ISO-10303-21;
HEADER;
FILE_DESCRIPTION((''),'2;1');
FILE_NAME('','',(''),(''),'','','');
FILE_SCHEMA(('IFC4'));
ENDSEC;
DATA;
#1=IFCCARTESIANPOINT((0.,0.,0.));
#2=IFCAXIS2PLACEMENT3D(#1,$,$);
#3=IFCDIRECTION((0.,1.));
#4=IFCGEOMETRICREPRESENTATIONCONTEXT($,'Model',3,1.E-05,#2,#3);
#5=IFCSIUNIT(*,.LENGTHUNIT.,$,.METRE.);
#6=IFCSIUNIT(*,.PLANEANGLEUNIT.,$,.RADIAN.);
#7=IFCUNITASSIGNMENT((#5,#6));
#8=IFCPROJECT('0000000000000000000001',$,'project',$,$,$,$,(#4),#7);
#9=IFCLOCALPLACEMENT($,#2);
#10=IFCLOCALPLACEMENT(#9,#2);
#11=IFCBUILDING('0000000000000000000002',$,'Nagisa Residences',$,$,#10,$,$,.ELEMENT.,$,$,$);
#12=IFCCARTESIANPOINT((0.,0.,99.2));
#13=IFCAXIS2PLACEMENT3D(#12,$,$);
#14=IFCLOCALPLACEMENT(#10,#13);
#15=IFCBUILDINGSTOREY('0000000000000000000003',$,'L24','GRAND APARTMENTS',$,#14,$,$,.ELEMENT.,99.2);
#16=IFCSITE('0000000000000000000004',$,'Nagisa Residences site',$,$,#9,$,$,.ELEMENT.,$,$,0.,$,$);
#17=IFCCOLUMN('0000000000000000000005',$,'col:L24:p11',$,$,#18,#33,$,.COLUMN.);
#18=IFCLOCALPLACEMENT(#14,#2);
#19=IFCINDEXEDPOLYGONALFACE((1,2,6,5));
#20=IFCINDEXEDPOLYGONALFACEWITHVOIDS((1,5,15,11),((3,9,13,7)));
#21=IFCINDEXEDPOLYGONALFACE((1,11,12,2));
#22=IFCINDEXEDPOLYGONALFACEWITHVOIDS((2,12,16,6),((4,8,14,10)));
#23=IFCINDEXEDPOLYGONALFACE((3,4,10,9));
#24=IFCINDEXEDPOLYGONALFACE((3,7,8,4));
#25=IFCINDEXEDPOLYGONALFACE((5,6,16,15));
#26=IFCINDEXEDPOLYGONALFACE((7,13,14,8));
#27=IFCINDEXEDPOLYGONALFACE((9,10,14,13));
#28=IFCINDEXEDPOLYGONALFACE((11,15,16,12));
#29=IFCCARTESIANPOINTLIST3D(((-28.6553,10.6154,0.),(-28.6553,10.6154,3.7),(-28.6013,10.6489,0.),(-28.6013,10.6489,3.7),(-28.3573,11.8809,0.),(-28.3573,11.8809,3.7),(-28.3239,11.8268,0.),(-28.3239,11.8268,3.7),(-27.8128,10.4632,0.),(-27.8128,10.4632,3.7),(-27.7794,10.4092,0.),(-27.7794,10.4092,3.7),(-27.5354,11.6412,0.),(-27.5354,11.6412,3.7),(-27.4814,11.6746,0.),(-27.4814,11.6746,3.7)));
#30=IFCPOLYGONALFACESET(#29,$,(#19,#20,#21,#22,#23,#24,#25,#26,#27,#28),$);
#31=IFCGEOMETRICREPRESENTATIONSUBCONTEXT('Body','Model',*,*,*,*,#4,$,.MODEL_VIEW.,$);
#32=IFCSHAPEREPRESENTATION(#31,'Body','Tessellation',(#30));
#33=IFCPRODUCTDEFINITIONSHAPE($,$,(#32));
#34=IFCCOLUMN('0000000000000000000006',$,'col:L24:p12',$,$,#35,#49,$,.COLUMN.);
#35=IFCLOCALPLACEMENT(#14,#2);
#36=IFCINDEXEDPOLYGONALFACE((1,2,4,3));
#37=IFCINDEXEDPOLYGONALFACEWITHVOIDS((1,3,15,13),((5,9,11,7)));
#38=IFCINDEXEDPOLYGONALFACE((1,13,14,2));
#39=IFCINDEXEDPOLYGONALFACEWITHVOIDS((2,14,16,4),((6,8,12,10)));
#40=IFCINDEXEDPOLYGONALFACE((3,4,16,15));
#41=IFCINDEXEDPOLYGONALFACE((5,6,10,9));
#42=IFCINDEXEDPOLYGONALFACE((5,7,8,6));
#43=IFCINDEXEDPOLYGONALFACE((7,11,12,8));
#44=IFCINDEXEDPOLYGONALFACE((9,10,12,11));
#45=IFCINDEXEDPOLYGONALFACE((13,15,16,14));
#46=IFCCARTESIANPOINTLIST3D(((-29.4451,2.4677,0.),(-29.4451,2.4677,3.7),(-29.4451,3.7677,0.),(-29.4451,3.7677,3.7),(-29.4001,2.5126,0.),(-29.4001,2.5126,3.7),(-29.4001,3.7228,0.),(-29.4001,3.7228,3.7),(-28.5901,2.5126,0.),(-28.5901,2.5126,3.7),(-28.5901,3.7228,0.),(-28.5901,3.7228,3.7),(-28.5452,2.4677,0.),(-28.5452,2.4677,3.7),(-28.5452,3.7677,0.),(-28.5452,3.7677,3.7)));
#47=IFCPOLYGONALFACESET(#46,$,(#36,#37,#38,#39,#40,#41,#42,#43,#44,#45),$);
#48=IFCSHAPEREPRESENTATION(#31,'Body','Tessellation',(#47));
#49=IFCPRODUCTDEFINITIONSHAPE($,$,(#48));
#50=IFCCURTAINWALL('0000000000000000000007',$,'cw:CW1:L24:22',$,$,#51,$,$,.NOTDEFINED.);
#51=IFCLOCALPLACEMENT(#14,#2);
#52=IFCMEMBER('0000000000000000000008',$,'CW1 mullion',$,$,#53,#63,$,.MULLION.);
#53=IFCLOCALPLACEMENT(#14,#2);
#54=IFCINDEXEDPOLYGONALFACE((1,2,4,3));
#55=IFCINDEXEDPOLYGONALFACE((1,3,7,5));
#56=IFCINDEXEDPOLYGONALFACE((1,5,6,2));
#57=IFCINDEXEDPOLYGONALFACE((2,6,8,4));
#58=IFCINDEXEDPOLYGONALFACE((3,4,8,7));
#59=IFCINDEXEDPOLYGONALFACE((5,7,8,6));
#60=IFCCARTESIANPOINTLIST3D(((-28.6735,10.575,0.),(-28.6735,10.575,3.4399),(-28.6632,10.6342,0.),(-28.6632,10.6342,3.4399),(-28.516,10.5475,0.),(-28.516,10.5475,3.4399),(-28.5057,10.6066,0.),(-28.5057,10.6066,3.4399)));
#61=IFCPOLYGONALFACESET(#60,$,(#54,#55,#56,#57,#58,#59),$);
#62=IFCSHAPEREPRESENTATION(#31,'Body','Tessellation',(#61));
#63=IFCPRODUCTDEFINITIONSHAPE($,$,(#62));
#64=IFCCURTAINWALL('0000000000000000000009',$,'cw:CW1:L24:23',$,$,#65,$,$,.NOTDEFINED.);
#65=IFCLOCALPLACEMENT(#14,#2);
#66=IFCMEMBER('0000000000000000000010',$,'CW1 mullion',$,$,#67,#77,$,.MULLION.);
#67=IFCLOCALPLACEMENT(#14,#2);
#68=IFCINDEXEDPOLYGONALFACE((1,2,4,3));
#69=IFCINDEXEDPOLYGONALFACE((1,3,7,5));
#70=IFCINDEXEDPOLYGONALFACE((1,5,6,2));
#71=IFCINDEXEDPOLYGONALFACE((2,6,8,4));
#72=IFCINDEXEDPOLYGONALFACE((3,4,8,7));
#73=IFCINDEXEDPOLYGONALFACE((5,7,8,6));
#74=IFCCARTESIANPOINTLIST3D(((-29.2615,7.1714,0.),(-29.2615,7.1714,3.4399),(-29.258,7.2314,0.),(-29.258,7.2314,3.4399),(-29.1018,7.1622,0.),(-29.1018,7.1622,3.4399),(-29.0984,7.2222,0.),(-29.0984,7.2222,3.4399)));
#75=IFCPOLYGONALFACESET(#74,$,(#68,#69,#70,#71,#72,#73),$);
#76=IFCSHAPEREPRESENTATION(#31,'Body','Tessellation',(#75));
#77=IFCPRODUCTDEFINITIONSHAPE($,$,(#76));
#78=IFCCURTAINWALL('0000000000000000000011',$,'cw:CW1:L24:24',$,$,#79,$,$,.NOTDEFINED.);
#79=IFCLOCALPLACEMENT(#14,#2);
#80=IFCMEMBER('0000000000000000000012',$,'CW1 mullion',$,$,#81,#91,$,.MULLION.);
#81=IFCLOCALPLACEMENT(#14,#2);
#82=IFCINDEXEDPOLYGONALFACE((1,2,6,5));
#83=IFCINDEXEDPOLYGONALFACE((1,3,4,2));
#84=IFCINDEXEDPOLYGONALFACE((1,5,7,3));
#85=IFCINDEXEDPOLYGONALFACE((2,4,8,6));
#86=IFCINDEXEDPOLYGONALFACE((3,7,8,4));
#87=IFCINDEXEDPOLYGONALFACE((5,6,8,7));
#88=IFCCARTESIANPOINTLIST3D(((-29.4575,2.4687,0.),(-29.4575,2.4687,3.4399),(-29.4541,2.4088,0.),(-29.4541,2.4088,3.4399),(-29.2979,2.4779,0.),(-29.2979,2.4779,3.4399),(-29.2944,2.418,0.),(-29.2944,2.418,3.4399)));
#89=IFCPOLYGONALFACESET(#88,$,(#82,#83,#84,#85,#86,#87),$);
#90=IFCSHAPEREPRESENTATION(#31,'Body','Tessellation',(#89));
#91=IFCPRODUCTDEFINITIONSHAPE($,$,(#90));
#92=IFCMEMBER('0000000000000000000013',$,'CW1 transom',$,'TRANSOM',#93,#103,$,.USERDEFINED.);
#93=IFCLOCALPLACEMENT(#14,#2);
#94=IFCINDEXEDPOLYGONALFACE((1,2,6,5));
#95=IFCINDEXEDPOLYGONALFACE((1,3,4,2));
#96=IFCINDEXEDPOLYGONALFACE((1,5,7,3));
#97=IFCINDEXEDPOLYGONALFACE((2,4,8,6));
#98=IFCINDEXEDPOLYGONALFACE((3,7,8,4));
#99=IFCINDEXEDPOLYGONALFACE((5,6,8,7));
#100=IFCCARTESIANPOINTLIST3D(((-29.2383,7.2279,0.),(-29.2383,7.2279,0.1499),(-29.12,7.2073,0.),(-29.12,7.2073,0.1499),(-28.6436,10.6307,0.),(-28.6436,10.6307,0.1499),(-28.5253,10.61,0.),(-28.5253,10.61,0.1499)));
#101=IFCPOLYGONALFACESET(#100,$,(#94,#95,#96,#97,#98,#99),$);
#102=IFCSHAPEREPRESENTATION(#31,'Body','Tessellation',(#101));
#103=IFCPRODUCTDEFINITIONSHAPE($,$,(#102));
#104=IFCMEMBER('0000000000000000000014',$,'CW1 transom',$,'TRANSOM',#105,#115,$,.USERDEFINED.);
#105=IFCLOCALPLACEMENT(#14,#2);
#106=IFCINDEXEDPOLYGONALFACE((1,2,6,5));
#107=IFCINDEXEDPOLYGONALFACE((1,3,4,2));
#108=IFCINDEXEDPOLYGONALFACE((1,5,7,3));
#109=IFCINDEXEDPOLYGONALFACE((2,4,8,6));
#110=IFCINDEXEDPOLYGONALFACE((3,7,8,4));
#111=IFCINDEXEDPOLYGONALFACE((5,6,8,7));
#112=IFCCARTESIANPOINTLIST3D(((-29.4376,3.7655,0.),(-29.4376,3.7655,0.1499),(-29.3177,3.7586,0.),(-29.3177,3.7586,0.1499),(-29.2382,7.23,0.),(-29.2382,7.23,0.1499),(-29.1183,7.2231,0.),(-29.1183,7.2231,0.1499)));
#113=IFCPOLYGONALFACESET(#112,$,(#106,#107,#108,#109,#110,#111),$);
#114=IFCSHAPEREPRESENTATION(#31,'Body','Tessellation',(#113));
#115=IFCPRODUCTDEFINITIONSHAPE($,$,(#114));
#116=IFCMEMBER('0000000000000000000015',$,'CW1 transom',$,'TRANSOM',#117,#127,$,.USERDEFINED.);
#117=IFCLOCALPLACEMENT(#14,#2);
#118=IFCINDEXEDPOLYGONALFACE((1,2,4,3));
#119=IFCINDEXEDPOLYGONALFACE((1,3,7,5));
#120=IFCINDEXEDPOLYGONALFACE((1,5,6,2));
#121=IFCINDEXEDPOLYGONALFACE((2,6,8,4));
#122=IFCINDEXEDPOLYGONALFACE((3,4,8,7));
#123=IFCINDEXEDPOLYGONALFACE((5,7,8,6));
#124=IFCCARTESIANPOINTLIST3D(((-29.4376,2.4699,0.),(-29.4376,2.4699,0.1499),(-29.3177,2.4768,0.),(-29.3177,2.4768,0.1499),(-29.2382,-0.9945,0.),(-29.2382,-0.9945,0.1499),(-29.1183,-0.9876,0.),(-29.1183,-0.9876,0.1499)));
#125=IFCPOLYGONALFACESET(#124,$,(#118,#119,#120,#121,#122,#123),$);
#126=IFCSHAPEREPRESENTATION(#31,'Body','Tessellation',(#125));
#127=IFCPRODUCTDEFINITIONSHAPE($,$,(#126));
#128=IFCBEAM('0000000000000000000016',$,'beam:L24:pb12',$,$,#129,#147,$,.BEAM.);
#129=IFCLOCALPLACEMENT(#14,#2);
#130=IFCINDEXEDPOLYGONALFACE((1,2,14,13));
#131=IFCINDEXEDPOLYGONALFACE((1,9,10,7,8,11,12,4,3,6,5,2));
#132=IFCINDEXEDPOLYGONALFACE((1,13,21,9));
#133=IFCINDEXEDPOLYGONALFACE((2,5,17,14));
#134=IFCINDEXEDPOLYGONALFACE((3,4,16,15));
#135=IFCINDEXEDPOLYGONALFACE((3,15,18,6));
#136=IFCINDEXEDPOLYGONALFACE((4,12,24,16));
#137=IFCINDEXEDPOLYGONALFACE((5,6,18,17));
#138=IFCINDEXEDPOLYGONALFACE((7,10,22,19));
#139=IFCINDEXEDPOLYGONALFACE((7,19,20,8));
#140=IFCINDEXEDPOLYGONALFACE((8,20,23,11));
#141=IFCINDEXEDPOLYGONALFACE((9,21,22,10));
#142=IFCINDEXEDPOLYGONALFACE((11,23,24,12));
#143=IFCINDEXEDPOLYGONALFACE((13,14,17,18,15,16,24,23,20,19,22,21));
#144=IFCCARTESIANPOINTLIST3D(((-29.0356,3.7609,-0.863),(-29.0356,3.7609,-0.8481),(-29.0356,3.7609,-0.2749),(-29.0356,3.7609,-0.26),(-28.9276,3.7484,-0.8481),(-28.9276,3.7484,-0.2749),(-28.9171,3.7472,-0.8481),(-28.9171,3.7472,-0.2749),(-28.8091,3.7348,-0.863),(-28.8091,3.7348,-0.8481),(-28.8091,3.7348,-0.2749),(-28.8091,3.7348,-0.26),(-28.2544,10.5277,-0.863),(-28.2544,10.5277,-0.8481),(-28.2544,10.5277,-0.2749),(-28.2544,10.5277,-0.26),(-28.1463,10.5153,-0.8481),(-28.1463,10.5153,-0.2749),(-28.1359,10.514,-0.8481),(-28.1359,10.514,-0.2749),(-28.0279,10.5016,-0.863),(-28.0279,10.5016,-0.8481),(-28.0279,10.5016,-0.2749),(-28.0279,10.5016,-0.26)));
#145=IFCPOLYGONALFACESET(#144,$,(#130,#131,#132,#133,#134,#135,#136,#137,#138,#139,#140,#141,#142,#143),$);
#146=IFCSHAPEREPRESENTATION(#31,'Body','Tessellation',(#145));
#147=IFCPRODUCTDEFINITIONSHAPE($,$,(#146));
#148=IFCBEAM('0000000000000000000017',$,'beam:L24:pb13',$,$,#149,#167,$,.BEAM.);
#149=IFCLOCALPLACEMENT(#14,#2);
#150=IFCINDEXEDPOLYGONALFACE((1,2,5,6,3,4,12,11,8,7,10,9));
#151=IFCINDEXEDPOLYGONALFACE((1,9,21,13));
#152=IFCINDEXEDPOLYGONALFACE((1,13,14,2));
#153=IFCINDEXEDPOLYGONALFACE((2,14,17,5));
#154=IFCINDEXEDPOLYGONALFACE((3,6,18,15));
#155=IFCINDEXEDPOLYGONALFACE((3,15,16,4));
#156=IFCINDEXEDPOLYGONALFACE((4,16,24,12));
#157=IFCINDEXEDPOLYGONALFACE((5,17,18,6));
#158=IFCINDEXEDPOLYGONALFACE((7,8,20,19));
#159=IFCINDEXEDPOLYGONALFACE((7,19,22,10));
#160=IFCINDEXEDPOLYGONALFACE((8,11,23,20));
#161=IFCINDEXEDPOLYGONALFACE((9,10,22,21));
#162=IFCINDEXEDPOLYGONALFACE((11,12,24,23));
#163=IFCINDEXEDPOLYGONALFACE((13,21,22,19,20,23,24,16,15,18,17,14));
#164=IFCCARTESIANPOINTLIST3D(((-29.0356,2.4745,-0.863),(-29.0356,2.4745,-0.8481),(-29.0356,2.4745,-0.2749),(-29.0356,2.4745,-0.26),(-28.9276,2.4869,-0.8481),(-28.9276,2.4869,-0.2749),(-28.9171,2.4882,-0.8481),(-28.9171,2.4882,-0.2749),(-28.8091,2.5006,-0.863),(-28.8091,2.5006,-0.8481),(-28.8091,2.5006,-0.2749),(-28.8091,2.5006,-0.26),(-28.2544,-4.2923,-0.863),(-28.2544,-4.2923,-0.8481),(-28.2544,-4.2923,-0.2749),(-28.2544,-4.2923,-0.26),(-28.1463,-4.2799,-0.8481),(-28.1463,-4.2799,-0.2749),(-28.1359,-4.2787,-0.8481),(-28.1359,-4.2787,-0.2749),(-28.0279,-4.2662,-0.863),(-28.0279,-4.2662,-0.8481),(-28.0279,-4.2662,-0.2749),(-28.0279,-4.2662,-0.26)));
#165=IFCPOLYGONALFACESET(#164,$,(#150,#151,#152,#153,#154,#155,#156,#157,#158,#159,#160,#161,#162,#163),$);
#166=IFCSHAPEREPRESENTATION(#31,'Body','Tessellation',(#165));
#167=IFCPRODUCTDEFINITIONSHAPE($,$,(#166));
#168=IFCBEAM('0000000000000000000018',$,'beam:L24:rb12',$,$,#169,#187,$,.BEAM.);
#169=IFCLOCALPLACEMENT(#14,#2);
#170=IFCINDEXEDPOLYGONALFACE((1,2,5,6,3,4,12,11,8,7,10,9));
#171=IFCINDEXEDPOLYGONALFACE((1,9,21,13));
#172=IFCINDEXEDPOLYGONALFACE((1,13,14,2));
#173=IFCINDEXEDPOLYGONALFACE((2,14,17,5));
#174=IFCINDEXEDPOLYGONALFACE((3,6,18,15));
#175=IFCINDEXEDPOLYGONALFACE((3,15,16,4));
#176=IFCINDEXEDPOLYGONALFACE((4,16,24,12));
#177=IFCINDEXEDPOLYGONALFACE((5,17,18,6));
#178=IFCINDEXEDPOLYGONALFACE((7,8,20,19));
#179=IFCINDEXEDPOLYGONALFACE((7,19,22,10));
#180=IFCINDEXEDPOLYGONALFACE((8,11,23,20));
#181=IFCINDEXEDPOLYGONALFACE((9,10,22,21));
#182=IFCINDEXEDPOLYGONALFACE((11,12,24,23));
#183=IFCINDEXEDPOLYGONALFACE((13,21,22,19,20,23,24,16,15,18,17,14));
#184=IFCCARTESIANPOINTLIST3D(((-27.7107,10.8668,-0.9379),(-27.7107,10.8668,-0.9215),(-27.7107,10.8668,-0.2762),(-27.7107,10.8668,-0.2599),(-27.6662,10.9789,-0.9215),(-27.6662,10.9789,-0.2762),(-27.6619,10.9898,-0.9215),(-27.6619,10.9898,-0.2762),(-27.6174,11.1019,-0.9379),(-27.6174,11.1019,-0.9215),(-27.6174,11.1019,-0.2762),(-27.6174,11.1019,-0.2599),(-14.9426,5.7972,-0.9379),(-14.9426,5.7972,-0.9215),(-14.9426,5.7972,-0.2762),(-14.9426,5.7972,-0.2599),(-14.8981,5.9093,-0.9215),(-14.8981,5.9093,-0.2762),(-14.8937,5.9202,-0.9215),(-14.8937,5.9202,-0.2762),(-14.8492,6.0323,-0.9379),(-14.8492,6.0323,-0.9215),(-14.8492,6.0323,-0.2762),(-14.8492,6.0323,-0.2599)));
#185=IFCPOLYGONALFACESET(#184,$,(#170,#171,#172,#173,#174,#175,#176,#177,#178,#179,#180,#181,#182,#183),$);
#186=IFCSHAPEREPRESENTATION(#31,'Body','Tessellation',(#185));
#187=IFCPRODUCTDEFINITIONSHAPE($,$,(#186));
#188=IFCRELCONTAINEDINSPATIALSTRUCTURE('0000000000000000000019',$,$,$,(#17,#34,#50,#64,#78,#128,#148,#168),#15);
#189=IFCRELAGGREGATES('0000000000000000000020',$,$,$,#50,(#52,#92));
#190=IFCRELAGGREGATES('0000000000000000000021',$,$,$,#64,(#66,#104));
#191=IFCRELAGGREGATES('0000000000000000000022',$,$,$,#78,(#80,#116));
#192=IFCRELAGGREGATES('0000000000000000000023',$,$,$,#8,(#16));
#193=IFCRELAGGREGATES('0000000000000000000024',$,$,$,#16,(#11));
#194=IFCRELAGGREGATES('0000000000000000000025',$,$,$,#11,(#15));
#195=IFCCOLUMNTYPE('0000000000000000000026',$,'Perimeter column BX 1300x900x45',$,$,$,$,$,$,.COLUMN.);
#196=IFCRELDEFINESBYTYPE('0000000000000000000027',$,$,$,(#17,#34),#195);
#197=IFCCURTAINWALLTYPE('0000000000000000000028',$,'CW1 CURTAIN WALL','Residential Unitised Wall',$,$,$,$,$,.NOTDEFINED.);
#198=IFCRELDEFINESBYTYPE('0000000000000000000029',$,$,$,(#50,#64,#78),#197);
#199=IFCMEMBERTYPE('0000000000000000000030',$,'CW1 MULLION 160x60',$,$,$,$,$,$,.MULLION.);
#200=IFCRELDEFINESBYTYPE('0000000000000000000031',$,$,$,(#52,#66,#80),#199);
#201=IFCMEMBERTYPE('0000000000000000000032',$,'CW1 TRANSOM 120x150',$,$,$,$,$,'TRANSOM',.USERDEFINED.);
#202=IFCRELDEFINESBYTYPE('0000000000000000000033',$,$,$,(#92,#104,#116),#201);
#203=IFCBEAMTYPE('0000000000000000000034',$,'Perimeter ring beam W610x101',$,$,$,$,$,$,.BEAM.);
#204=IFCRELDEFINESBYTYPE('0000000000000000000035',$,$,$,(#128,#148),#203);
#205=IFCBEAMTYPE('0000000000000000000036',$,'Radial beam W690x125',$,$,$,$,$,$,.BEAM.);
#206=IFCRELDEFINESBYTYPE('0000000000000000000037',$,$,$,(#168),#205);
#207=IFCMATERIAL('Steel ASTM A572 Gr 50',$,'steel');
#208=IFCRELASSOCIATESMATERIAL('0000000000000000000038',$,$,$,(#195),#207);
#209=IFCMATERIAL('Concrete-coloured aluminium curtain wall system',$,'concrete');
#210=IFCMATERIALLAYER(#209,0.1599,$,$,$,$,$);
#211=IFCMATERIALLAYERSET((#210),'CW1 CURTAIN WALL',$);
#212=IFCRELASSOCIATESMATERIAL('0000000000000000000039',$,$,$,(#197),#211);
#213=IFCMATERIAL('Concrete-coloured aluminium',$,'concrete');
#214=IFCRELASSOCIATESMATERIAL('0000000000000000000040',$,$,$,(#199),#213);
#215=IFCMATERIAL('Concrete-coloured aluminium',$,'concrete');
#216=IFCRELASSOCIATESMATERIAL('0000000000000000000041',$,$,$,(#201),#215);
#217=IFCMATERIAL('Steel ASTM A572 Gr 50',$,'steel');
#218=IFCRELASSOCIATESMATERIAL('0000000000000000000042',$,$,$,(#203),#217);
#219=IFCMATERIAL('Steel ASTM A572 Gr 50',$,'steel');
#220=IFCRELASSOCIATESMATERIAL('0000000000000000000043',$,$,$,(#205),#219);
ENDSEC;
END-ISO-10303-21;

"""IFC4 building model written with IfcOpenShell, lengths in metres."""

from ifc_helpers import new_model, si_unit, direction, frame, origin, origin_2d, place, context, subcontext, project, spatial, rectangle, hollow_rectangle, i_section, extrude, material, layer, layer_set, material_profile, profile_set, type_object, element, aggregate, save


model = new_model("IFC4")

# Units and contexts
model_context = context("Model", 3, precision=1e-05, world=origin(), true_north=direction((0.0, 1.0)))
body_context = subcontext(model_context, "Body", "Model", "MODEL_VIEW")
ifc_project = project(units=[si_unit("LENGTHUNIT", "METRE"), si_unit("PLANEANGLEUNIT", "RADIAN")], contexts=[model_context])

# Site, building, storey
site_placement = place(None, origin())
site = spatial("IfcSite", under=ifc_project, at=site_placement, Name="Nagisa Residences site", CompositionType="ELEMENT", RefElevation=0.0)
building_placement = place(site_placement, origin())
building = spatial("IfcBuilding", under=site, at=building_placement, Name="Nagisa Residences", CompositionType="ELEMENT")
storey_placement = place(building_placement, frame((0.0, 0.0, 99.2)))
storey = spatial("IfcBuildingStorey", under=building, at=storey_placement, Name="L24", Description="GRAND APARTMENTS", CompositionType="ELEMENT", Elevation=99.2)

# Columns
ifc_material_1 = material(Name="Steel ASTM A572 Gr 50", Category="steel")
ifc_material_profile_1 = material_profile(ifc_material_1, hollow_rectangle(XDim=1.3, YDim=0.8999, WallThickness=0.0449, at=origin_2d()), Name="BX 1300x900x45")
ifc_profile_set_1 = profile_set([ifc_material_profile_1], Name="Steel ASTM A572 Gr 50")
column_type = type_object("IfcColumnType", Name="Perimeter column BX 1300x900x45", PredefinedType="COLUMN", material=ifc_profile_set_1)
for number, where, z_axis, x_axis, name in (
    (1, (-28.0684, 11.145, 0.0), (0.0, 0.0, 1.0), (-0.229202, -0.973379, 0.0), "col:L24:p11"),
    (2, (-28.9951, 3.1177, 0.0), (0.0, 0.0, 1.0), (0.0, -1.0, 0.0), "col:L24:p12"),
):
    element("IfcColumn", number, at=place(storey_placement, frame(where, z_axis=z_axis, x_axis=x_axis)), inside=storey, type_object=column_type, Name=name, PredefinedType="COLUMN", context=body_context, shape_type="SweptSolid", body=[
        extrude(hollow_rectangle(XDim=1.3, YDim=0.8999, WallThickness=0.0449, at=origin_2d()), origin(), (0.0, 0.0, 1.0), 3.7),
    ])

# Curtain walls, members
ifc_material_2 = material(Name="Concrete-coloured aluminium curtain wall system", Category="concrete")
ifc_layer_1 = layer(ifc_material_2, 0.1599)
ifc_layer_set_1 = layer_set([ifc_layer_1], Name="CW1 CURTAIN WALL")
curtain_wall_type = type_object("IfcCurtainWallType", Name="CW1 CURTAIN WALL", Description="Residential Unitised Wall", PredefinedType="NOTDEFINED", material=ifc_layer_set_1)
curtain_wall_1_placement = place(storey_placement, origin())
curtain_wall_1 = element("IfcCurtainWall", 3, at=curtain_wall_1_placement, inside=storey, type_object=curtain_wall_type, Name="cw:CW1:L24:22", PredefinedType="NOTDEFINED")
ifc_material_3 = material(Name="Concrete-coloured aluminium", Category="concrete")
ifc_material_profile_2 = material_profile(ifc_material_3, rectangle(XDim=0.1599, YDim=0.0601, at=origin_2d()), Name="CW1 MULLION 160x60")
ifc_profile_set_2 = profile_set([ifc_material_profile_2], Name="Concrete-coloured aluminium")
member_type_1 = type_object("IfcMemberType", Name="CW1 MULLION 160x60", PredefinedType="MULLION", material=ifc_profile_set_2)
member_1_placement = place(storey_placement, frame((-28.5896, 10.5908, 0.0), z_axis=(0.0, 0.0, 1.0), x_axis=(0.985064, -0.172191, 0.0)))
member_1 = element("IfcMember", 4, at=member_1_placement, type_object=member_type_1, Name="CW1 mullion", PredefinedType="MULLION", context=body_context, shape_type="SweptSolid", body=[
    extrude(rectangle(XDim=0.1599, YDim=0.0601, at=origin_2d()), origin(), (0.0, 0.0, 1.0), 3.4399),
])
curtain_wall_2_placement = place(storey_placement, origin())
curtain_wall_2 = element("IfcCurtainWall", 5, at=curtain_wall_2_placement, inside=storey, type_object=curtain_wall_type, Name="cw:CW1:L24:23", PredefinedType="NOTDEFINED")
member_2_placement = place(storey_placement, frame((-29.1799, 7.1968, 0.0), z_axis=(0.0, 0.0, 1.0), x_axis=(0.998345, -0.057503, 0.0)))
member_2 = element("IfcMember", 6, at=member_2_placement, type_object=member_type_1, Name="CW1 mullion", PredefinedType="MULLION", context=body_context, shape_type="SweptSolid", body=[
    extrude(rectangle(XDim=0.1599, YDim=0.0601, at=origin_2d()), origin(), (0.0, 0.0, 1.0), 3.4399),
])
curtain_wall_3_placement = place(storey_placement, origin())
curtain_wall_3 = element("IfcCurtainWall", 7, at=curtain_wall_3_placement, inside=storey, type_object=curtain_wall_type, Name="cw:CW1:L24:24", PredefinedType="NOTDEFINED")
member_3_placement = place(storey_placement, frame((-29.376, 2.4434, 0.0), z_axis=(0.0, 0.0, 1.0), x_axis=(0.998345, 0.057503, 0.0)))
member_3 = element("IfcMember", 8, at=member_3_placement, type_object=member_type_1, Name="CW1 mullion", PredefinedType="MULLION", context=body_context, shape_type="SweptSolid", body=[
    extrude(rectangle(XDim=0.1599, YDim=0.0601, at=origin_2d()), origin(), (0.0, 0.0, 1.0), 3.4399),
])

# Members
ifc_material_4 = material(Name="Concrete-coloured aluminium", Category="concrete")
ifc_material_profile_3 = material_profile(ifc_material_4, rectangle(XDim=0.1201, YDim=0.1499, at=origin_2d()), Name="CW1 TRANSOM 120x150")
ifc_profile_set_3 = profile_set([ifc_material_profile_3], Name="Concrete-coloured aluminium")
member_type_2 = type_object("IfcMemberType", Name="CW1 TRANSOM 120x150", ElementType="TRANSOM", PredefinedType="USERDEFINED", material=ifc_profile_set_3)
member_4_placement = place(storey_placement, frame((-28.5845, 10.6204, 0.075), z_axis=(-0.172164, -0.985068, 0.0), x_axis=(0.985068, -0.172164, 0.0)))
member_4 = element("IfcMember", 9, at=member_4_placement, type_object=member_type_2, Name="CW1 transom", ObjectType="TRANSOM", PredefinedType="USERDEFINED", context=body_context, shape_type="SweptSolid", body=[
    extrude(rectangle(XDim=0.1201, YDim=0.1499, at=origin_2d()), origin(), (0.0, 0.0, 1.0), 3.4543),
])
member_5_placement = place(storey_placement, frame((-29.1782, 7.2266, 0.075), z_axis=(-0.057477, -0.998347, 0.0), x_axis=(0.998347, -0.057477, 0.0)))
member_5 = element("IfcMember", 10, at=member_5_placement, type_object=member_type_2, Name="CW1 transom", ObjectType="TRANSOM", PredefinedType="USERDEFINED", context=body_context, shape_type="SweptSolid", body=[
    extrude(rectangle(XDim=0.1201, YDim=0.1499, at=origin_2d()), origin(), (0.0, 0.0, 1.0), 3.4702),
])
member_6_placement = place(storey_placement, frame((-29.3777, 2.4734, 0.075), z_axis=(0.057477, -0.998347, 0.0), x_axis=(0.998347, 0.057477, 0.0)))
member_6 = element("IfcMember", 11, at=member_6_placement, type_object=member_type_2, Name="CW1 transom", ObjectType="TRANSOM", PredefinedType="USERDEFINED", context=body_context, shape_type="SweptSolid", body=[
    extrude(rectangle(XDim=0.1201, YDim=0.1499, at=origin_2d()), origin(), (0.0, 0.0, 1.0), 3.4702),
])

# Beams
ifc_material_5 = material(Name="Steel ASTM A572 Gr 50", Category="steel")
ifc_material_profile_4 = material_profile(ifc_material_5, i_section(OverallWidth=0.228, OverallDepth=0.603, WebThickness=0.0105, FlangeThickness=0.0149, at=origin_2d()), Name="W610x101")
ifc_profile_set_4 = profile_set([ifc_material_profile_4], Name="Steel ASTM A572 Gr 50")
beam_type_1 = type_object("IfcBeamType", Name="Perimeter ring beam W610x101", PredefinedType="BEAM", material=ifc_profile_set_4)
for number, where, z_axis, x_axis, name in (
    (12, (-28.1411, 10.5146, -0.5615), (-0.114691, -0.993401, 0.0), (0.993401, -0.114691, 0.0), "beam:L24:pb12"),
    (13, (-28.9224, 2.4875, -0.5615), (0.114691, -0.993401, 0.0), (0.993401, 0.114691, 0.0), "beam:L24:pb13"),
):
    element("IfcBeam", number, at=place(storey_placement, frame(where, z_axis=z_axis, x_axis=x_axis)), inside=storey, type_object=beam_type_1, Name=name, PredefinedType="BEAM", context=body_context, shape_type="SweptSolid", body=[
        extrude(i_section(OverallWidth=0.228, OverallDepth=0.603, WebThickness=0.0105, FlangeThickness=0.0149, at=origin_2d()), origin(), (0.0, 0.0, 1.0), 6.8118),
    ])
ifc_material_6 = material(Name="Steel ASTM A572 Gr 50", Category="steel")
ifc_material_profile_5 = material_profile(ifc_material_6, i_section(OverallWidth=0.2529, OverallDepth=0.678, WebThickness=0.0117, FlangeThickness=0.0164, at=origin_2d()), Name="W690x125")
ifc_profile_set_5 = profile_set([ifc_material_profile_5], Name="Steel ASTM A572 Gr 50")
beam_type_2 = type_object("IfcBeamType", Name="Radial beam W690x125", PredefinedType="BEAM", material=ifc_profile_set_5)
beam_1_placement = place(storey_placement, frame((-27.6641, 10.9844, -0.5989), z_axis=(0.929419, -0.369027, 0.0), x_axis=(0.369027, 0.929419, 0.0)))
element("IfcBeam", 14, at=beam_1_placement, inside=storey, type_object=beam_type_2, Name="beam:L24:rb12", PredefinedType="BEAM", context=body_context, shape_type="SweptSolid", body=[
    extrude(i_section(OverallWidth=0.2529, OverallDepth=0.678, WebThickness=0.0117, FlangeThickness=0.0164, at=origin_2d()), origin(), (0.0, 0.0, 1.0), 13.7378),
])

aggregate(curtain_wall_1, [member_1, member_4])
aggregate(curtain_wall_2, [member_2, member_5])
aggregate(curtain_wall_3, [member_3, member_6])

save(model, "model.ifc")
